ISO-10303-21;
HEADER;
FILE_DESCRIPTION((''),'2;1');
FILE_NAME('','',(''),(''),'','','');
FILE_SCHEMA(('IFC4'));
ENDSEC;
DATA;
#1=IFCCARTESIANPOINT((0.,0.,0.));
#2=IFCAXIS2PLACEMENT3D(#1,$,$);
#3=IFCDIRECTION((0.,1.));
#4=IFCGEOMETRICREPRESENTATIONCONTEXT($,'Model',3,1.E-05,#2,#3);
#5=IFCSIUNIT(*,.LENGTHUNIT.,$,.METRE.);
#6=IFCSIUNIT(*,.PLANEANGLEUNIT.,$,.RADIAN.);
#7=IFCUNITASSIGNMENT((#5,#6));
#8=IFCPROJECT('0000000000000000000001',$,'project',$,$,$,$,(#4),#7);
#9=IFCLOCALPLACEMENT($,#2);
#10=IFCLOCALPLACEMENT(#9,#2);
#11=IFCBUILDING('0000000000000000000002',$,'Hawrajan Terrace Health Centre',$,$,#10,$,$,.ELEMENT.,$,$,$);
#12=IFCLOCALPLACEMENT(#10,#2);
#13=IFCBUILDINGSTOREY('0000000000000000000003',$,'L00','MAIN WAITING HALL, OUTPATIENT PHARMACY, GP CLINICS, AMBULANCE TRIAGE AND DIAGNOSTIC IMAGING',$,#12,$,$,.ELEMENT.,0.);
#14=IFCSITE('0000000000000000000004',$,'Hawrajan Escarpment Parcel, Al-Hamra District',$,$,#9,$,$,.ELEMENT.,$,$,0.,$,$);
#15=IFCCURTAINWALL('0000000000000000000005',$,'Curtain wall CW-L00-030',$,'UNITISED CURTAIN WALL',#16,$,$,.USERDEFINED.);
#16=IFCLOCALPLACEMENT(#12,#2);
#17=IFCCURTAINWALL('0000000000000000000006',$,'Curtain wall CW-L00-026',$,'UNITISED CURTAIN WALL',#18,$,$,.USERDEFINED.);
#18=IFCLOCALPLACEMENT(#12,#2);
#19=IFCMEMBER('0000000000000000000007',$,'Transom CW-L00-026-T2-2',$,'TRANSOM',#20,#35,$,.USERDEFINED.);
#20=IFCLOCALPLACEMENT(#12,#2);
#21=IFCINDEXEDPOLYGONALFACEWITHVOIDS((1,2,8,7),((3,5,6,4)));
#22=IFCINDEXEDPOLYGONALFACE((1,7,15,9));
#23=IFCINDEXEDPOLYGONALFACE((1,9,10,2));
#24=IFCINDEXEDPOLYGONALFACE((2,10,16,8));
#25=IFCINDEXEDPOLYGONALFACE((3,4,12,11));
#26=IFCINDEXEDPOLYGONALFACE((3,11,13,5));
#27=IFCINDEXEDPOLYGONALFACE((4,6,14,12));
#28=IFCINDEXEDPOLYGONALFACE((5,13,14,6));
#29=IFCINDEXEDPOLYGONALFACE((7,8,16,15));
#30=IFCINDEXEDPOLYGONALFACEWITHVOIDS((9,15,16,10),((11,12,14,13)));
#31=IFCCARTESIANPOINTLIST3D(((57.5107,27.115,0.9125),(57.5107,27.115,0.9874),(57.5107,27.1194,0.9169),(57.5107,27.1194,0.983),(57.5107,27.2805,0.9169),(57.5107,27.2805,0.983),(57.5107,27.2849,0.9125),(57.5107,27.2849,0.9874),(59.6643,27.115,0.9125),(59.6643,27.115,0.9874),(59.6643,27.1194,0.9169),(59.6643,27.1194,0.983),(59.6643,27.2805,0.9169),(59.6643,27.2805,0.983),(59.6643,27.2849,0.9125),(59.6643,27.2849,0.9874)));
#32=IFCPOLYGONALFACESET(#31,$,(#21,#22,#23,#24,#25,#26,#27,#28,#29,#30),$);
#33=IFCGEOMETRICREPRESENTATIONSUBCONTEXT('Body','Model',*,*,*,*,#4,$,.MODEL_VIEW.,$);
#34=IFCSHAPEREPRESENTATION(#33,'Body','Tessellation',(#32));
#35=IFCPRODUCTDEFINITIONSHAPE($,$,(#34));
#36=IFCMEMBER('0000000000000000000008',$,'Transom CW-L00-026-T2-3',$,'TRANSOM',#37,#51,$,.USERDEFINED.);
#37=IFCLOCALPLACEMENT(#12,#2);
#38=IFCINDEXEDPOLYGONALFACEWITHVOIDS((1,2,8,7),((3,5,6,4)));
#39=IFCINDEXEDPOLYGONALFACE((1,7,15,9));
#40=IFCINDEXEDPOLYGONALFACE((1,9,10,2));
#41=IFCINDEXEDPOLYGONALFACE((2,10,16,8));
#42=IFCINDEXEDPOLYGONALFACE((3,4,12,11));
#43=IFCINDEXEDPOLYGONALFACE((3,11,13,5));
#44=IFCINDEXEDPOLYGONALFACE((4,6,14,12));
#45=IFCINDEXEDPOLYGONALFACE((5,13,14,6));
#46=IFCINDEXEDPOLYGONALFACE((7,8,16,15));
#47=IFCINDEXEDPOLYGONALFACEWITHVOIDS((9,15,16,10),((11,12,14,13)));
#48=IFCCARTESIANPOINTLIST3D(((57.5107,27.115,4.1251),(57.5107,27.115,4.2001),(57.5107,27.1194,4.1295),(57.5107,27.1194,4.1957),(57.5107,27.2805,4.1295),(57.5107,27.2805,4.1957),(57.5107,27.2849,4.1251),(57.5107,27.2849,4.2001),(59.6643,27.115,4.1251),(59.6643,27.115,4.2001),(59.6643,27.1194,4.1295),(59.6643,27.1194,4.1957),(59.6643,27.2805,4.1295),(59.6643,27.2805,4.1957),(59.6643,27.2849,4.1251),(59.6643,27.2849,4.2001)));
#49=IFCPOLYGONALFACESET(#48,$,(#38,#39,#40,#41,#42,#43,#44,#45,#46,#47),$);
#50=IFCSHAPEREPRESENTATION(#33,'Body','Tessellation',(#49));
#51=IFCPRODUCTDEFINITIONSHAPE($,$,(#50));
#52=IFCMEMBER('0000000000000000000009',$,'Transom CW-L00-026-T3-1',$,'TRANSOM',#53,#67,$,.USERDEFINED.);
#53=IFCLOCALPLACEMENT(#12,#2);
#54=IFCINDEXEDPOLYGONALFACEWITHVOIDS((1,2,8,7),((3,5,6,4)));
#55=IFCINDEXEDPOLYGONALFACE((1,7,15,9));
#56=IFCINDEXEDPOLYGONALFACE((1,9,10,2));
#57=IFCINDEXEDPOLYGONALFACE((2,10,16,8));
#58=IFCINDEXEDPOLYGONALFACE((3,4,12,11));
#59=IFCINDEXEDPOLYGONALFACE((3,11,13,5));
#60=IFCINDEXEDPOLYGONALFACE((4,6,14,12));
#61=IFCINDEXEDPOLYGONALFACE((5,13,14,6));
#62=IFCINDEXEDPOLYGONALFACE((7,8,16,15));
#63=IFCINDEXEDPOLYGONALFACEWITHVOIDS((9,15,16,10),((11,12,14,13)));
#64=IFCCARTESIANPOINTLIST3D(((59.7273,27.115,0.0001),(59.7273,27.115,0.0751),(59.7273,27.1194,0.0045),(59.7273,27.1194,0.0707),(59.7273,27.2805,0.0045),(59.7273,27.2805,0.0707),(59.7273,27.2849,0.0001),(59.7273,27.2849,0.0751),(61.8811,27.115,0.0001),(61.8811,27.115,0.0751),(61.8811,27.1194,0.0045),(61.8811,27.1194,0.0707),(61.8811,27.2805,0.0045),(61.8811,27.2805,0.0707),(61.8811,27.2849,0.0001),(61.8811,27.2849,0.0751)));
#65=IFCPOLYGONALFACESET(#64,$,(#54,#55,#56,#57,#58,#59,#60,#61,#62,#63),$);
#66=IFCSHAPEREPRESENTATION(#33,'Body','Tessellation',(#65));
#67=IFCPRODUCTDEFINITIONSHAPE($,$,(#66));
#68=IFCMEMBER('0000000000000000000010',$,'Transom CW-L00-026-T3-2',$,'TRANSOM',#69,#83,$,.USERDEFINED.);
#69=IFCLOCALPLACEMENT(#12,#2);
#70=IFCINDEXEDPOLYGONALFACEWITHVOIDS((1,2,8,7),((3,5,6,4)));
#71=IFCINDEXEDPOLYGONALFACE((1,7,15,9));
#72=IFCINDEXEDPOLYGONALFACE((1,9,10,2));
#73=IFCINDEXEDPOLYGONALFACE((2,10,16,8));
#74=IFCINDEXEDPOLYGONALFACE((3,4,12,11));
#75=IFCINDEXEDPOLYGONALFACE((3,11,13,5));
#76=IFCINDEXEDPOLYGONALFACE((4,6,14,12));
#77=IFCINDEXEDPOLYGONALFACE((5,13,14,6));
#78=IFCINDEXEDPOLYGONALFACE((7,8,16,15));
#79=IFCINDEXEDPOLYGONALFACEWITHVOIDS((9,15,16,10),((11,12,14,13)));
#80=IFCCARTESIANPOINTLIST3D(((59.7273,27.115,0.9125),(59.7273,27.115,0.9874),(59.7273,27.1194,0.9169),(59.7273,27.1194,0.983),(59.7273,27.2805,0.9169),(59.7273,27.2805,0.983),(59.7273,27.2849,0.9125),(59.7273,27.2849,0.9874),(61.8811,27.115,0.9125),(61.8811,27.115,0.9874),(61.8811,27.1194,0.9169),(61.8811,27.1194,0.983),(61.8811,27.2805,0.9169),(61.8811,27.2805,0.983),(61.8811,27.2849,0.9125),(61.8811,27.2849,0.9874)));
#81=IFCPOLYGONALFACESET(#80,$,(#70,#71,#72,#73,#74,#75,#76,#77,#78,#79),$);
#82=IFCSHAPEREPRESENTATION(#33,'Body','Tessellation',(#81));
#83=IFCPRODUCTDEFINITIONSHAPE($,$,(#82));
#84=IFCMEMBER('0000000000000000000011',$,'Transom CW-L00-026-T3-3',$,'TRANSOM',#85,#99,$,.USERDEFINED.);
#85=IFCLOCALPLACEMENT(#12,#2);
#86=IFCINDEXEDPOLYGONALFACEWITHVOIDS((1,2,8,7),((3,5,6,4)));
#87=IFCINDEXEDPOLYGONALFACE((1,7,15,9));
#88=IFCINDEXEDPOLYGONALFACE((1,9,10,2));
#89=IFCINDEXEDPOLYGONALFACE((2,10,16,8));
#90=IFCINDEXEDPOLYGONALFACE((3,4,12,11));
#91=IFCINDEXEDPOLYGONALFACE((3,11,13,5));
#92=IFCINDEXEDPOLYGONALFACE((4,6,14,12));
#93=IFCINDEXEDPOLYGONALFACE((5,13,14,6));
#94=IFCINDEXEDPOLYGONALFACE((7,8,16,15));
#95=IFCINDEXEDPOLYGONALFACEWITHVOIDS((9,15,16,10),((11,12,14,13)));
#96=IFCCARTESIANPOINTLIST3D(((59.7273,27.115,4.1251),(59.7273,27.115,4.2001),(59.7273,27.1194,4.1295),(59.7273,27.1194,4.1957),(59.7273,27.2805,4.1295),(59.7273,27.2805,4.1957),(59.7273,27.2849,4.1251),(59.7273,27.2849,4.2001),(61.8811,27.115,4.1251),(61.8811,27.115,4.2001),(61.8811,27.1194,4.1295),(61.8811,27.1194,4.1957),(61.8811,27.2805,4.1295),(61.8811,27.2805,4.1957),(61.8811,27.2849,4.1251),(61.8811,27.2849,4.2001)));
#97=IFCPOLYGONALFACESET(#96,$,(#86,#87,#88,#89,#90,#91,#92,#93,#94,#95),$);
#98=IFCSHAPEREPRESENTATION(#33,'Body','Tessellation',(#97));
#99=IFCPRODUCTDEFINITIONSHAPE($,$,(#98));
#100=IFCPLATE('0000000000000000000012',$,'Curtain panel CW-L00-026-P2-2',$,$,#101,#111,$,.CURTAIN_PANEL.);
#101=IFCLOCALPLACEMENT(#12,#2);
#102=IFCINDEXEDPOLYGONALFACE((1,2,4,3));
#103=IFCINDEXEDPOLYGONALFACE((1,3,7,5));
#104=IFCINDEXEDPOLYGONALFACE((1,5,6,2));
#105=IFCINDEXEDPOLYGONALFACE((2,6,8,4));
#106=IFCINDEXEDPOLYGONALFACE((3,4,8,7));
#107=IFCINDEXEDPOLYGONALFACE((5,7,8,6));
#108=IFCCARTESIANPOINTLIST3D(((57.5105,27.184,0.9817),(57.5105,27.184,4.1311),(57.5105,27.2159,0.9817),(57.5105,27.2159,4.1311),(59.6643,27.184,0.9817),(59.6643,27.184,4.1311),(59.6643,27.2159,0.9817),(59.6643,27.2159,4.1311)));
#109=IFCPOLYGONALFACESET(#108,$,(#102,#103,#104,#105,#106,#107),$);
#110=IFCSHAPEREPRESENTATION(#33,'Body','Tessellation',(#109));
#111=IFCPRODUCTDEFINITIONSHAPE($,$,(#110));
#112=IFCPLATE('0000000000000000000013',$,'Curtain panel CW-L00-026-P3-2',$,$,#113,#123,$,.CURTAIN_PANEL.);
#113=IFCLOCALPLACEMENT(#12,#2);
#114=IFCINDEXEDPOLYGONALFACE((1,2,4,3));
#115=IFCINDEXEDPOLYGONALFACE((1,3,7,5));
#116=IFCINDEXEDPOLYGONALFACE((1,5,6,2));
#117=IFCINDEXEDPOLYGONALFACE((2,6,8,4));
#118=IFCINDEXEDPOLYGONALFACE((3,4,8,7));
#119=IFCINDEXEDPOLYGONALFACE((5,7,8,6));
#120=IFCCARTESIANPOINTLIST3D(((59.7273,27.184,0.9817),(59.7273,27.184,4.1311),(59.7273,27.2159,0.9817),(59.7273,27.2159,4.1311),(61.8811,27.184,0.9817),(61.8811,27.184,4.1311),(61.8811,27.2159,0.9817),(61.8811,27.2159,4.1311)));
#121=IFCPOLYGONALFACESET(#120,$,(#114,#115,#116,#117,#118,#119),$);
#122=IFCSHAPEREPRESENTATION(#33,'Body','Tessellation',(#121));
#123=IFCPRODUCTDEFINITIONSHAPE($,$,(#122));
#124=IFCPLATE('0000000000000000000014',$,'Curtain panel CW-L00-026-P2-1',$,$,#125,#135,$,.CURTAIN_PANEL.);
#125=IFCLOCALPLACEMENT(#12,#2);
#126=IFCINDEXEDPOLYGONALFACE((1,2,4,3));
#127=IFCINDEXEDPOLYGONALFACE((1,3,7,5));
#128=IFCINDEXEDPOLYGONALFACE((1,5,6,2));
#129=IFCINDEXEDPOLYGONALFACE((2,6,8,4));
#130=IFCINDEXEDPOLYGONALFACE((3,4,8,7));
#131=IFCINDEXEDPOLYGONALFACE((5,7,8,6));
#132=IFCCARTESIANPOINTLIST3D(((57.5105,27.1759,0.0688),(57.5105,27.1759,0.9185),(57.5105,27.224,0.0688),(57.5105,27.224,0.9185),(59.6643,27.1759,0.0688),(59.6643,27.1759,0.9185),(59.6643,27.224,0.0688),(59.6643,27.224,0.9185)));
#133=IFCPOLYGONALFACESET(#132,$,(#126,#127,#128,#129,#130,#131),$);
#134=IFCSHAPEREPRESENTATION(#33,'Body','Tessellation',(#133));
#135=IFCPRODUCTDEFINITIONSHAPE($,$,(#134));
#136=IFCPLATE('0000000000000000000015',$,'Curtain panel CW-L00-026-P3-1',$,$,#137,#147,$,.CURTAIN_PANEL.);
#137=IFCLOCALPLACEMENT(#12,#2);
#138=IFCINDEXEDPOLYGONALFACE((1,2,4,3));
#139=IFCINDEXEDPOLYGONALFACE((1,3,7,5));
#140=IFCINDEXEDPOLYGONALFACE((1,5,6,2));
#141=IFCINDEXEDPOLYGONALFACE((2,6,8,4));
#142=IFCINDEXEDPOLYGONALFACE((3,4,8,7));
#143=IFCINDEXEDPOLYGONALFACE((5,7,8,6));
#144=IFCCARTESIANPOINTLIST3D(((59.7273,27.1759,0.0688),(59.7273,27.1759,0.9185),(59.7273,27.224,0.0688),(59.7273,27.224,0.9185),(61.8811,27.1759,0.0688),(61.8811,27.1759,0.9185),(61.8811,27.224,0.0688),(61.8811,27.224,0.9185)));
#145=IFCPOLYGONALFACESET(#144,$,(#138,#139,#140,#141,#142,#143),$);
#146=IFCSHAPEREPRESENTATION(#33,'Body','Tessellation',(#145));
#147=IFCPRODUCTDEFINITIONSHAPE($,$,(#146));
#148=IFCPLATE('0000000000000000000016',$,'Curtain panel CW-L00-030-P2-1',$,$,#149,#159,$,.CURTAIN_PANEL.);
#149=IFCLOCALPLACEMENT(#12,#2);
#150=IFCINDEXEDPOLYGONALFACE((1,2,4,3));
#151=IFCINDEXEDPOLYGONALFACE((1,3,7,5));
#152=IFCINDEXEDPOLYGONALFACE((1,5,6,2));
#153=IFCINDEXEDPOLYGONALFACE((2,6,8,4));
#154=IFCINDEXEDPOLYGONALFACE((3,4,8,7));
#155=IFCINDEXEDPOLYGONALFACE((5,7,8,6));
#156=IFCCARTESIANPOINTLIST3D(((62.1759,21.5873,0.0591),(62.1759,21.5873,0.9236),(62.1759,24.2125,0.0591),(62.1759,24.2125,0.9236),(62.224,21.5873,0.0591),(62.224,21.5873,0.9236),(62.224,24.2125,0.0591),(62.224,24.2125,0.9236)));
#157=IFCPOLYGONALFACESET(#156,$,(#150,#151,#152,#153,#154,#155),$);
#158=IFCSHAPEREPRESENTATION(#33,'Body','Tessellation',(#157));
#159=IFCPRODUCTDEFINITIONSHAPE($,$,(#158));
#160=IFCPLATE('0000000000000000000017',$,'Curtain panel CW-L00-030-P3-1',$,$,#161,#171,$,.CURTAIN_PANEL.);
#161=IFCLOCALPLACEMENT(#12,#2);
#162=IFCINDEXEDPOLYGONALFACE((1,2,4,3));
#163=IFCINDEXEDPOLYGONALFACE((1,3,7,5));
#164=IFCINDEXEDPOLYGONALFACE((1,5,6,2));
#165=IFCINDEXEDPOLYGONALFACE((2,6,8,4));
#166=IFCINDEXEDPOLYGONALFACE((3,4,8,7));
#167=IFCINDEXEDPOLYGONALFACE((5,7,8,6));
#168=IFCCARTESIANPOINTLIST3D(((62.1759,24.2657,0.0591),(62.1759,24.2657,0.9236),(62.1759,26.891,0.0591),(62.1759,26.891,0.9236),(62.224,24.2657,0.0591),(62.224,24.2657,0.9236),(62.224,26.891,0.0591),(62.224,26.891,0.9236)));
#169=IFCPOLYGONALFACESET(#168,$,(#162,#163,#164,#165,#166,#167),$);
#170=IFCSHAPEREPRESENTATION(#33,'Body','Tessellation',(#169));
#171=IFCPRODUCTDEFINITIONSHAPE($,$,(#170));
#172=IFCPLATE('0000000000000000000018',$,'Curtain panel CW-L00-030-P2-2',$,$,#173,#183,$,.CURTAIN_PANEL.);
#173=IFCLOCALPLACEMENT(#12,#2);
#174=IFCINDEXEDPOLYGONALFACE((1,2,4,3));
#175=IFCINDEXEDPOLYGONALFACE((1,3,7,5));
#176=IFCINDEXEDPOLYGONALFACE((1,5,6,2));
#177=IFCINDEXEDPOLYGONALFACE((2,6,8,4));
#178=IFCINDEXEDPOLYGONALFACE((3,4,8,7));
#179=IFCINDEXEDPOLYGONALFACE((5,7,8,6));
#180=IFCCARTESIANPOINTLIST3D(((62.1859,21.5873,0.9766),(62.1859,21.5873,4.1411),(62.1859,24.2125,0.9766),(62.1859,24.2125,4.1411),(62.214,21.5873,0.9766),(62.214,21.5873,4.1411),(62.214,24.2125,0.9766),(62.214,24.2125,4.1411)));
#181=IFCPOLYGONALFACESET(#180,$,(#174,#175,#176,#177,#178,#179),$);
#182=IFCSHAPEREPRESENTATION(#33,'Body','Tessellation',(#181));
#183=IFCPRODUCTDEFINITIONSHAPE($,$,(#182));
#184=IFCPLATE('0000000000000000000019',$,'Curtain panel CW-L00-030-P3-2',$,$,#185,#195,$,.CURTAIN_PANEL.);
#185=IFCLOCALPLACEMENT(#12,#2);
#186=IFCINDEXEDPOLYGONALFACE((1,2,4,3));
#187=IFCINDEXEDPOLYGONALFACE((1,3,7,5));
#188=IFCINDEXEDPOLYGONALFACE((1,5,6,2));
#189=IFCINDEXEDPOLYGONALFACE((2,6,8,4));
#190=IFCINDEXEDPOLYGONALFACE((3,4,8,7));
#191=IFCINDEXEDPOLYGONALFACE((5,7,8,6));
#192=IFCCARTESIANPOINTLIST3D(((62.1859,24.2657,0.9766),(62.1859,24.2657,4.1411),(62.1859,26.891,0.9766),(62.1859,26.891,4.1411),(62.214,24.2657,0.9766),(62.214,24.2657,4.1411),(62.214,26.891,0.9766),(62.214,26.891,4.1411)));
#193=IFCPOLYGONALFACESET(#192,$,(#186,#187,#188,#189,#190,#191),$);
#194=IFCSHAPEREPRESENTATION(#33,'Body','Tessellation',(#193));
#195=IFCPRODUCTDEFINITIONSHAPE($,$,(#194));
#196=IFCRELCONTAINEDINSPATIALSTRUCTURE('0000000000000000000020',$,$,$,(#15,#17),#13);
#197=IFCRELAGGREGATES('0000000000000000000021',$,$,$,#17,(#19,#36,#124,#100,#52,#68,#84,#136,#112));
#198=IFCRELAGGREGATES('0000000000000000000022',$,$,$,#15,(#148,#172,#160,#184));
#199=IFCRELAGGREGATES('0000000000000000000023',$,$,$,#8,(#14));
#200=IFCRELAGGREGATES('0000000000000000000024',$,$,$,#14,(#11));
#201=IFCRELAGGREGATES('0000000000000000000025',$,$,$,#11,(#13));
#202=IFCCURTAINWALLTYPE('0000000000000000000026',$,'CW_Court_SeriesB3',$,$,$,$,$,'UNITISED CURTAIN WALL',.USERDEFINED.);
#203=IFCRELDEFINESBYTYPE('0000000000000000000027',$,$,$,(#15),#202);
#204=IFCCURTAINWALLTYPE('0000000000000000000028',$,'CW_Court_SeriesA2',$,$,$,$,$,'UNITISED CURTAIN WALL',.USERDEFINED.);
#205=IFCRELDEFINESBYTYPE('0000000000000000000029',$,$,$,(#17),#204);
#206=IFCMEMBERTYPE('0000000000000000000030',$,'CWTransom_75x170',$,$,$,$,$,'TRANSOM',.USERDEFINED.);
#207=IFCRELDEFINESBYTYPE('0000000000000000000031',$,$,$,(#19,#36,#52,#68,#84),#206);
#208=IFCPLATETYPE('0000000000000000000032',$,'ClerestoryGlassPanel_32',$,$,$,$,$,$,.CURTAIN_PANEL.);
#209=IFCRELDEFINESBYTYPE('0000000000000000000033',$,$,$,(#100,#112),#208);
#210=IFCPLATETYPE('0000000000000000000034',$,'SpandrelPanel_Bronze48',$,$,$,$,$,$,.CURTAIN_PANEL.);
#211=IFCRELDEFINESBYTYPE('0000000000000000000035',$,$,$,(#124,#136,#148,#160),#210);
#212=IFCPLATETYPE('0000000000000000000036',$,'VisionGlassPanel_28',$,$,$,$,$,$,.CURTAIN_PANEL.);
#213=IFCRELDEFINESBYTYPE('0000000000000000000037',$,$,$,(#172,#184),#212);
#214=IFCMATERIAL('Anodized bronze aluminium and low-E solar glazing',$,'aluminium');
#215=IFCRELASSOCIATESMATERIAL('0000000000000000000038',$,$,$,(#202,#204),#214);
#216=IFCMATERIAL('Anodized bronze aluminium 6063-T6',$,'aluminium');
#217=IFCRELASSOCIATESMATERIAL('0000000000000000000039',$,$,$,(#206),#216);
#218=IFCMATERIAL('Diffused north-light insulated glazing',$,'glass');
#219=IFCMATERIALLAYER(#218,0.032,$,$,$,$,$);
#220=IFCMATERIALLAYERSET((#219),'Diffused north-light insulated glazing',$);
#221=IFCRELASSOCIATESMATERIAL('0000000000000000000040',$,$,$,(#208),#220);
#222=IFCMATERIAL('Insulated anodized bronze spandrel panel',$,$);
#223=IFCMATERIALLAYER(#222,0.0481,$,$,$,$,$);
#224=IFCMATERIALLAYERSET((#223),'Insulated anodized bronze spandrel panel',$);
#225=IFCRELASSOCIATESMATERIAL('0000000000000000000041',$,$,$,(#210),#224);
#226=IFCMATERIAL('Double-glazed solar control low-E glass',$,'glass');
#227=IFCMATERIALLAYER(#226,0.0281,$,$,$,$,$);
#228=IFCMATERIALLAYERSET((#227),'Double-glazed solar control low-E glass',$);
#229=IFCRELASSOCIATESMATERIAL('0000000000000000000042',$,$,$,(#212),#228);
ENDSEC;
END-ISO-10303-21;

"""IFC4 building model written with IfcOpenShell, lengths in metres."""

from ifc_helpers import new_model, si_unit, direction, frame, origin, origin_2d, place, context, subcontext, project, spatial, rectangle, hollow_rectangle, extrude, material, layer, layer_set, material_profile, profile_set, type_object, element, aggregate, save


model = new_model("IFC4")

# Units and contexts
model_context = context("Model", 3, precision=1e-05, world=origin(), true_north=direction((0.0, 1.0)))
body_context = subcontext(model_context, "Body", "Model", "MODEL_VIEW")
ifc_project = project(units=[si_unit("LENGTHUNIT", "METRE"), si_unit("PLANEANGLEUNIT", "RADIAN")], contexts=[model_context])

# Site, building, storey
site_placement = place(None, origin())
site = spatial("IfcSite", under=ifc_project, at=site_placement, Name="Hawrajan Escarpment Parcel, Al-Hamra District", CompositionType="ELEMENT", RefElevation=0.0)
building_placement = place(site_placement, origin())
building = spatial("IfcBuilding", under=site, at=building_placement, Name="Hawrajan Terrace Health Centre", CompositionType="ELEMENT")
storey_placement = place(building_placement, origin())
storey = spatial("IfcBuildingStorey", under=building, at=storey_placement, Name="L00", Description="MAIN WAITING HALL, OUTPATIENT PHARMACY, GP CLINICS, AMBULANCE TRIAGE AND DIAGNOSTIC IMAGING", CompositionType="ELEMENT", Elevation=0.0)

# Curtain walls
ifc_material_1 = material(Name="Anodized bronze aluminium and low-E solar glazing", Category="aluminium")
curtain_wall_type_1 = type_object("IfcCurtainWallType", Name="CW_Court_SeriesB3", ElementType="UNITISED CURTAIN WALL", PredefinedType="USERDEFINED", material=ifc_material_1)
curtain_wall_1_placement = place(storey_placement, origin())
curtain_wall_1 = element("IfcCurtainWall", 1, at=curtain_wall_1_placement, inside=storey, type_object=curtain_wall_type_1, Name="Curtain wall CW-L00-030", ObjectType="UNITISED CURTAIN WALL", PredefinedType="USERDEFINED")
ifc_material_2 = material(Name="Anodized bronze aluminium 6063-T6", Category="aluminium")
curtain_wall_type_2 = type_object("IfcCurtainWallType", Name="CW_Court_SeriesA2", ElementType="UNITISED CURTAIN WALL", PredefinedType="USERDEFINED", material=ifc_material_1)
curtain_wall_2_placement = place(storey_placement, origin())
curtain_wall_2 = element("IfcCurtainWall", 2, at=curtain_wall_2_placement, inside=storey, type_object=curtain_wall_type_2, Name="Curtain wall CW-L00-026", ObjectType="UNITISED CURTAIN WALL", PredefinedType="USERDEFINED")

# Members
ifc_material_profile_1 = material_profile(ifc_material_2, hollow_rectangle(XDim=0.075, YDim=0.1699, WallThickness=0.0044, at=origin_2d()), Name="CW TRN 75x170")
ifc_profile_set_1 = profile_set([ifc_material_profile_1], Name="Anodized bronze aluminium 6063-T6")
member_type_1 = type_object("IfcMemberType", Name="CWTransom_75x170", ElementType="TRANSOM", PredefinedType="USERDEFINED", material=ifc_profile_set_1)
member_1_placement = place(storey_placement, frame((57.5107, 27.2, 0.95), z_axis=(1.0, 0.0, 0.0), x_axis=(0.0, 0.0, 1.0)))
member_1 = element("IfcMember", 3, at=member_1_placement, type_object=member_type_1, Name="Transom CW-L00-026-T2-2", ObjectType="TRANSOM", PredefinedType="USERDEFINED", context=body_context, shape_type="SweptSolid", body=[
    extrude(hollow_rectangle(XDim=0.075, YDim=0.1699, WallThickness=0.0044, at=origin_2d()), origin(), (0.0, 0.0, 1.0), 2.1536),
])
member_2_placement = place(storey_placement, frame((57.5107, 27.2, 4.1626), z_axis=(1.0, 0.0, 0.0), x_axis=(0.0, 0.0, 1.0)))
member_2 = element("IfcMember", 4, at=member_2_placement, type_object=member_type_1, Name="Transom CW-L00-026-T2-3", ObjectType="TRANSOM", PredefinedType="USERDEFINED", context=body_context, shape_type="SweptSolid", body=[
    extrude(hollow_rectangle(XDim=0.075, YDim=0.1699, WallThickness=0.0044, at=origin_2d()), origin(), (0.0, 0.0, 1.0), 2.1536),
])
member_3_placement = place(storey_placement, frame((59.7273, 27.2, 0.0376), z_axis=(1.0, 0.0, 0.0), x_axis=(0.0, 0.0, 1.0)))
member_3 = element("IfcMember", 5, at=member_3_placement, type_object=member_type_1, Name="Transom CW-L00-026-T3-1", ObjectType="TRANSOM", PredefinedType="USERDEFINED", context=body_context, shape_type="SweptSolid", body=[
    extrude(hollow_rectangle(XDim=0.075, YDim=0.1699, WallThickness=0.0044, at=origin_2d()), origin(), (0.0, 0.0, 1.0), 2.1538),
])
member_4_placement = place(storey_placement, frame((59.7273, 27.2, 0.95), z_axis=(1.0, 0.0, 0.0), x_axis=(0.0, 0.0, 1.0)))
member_4 = element("IfcMember", 6, at=member_4_placement, type_object=member_type_1, Name="Transom CW-L00-026-T3-2", ObjectType="TRANSOM", PredefinedType="USERDEFINED", context=body_context, shape_type="SweptSolid", body=[
    extrude(hollow_rectangle(XDim=0.075, YDim=0.1699, WallThickness=0.0044, at=origin_2d()), origin(), (0.0, 0.0, 1.0), 2.1538),
])
member_5_placement = place(storey_placement, frame((59.7273, 27.2, 4.1626), z_axis=(1.0, 0.0, 0.0), x_axis=(0.0, 0.0, 1.0)))
member_5 = element("IfcMember", 7, at=member_5_placement, type_object=member_type_1, Name="Transom CW-L00-026-T3-3", ObjectType="TRANSOM", PredefinedType="USERDEFINED", context=body_context, shape_type="SweptSolid", body=[
    extrude(hollow_rectangle(XDim=0.075, YDim=0.1699, WallThickness=0.0044, at=origin_2d()), origin(), (0.0, 0.0, 1.0), 2.1538),
])

# Plates
ifc_material_3 = material(Name="Diffused north-light insulated glazing", Category="glass")
ifc_layer_1 = layer(ifc_material_3, 0.032)
ifc_layer_set_1 = layer_set([ifc_layer_1], Name="Diffused north-light insulated glazing")
plate_type_1 = type_object("IfcPlateType", Name="ClerestoryGlassPanel_32", PredefinedType="CURTAIN_PANEL", material=ifc_layer_set_1)
plate_1_placement = place(storey_placement, frame((58.5874, 27.2, 0.9817), z_axis=(0.0, 0.0, 1.0), x_axis=(1.0, 0.0, 0.0)))
plate_1 = element("IfcPlate", 8, at=plate_1_placement, type_object=plate_type_1, Name="Curtain panel CW-L00-026-P2-2", PredefinedType="CURTAIN_PANEL", context=body_context, shape_type="SweptSolid", body=[
    extrude(rectangle(XDim=2.1538, YDim=0.032, at=origin_2d()), origin(), (0.0, 0.0, 1.0), 3.1494),
])
plate_2_placement = place(storey_placement, frame((60.8042, 27.2, 0.9817), z_axis=(0.0, 0.0, 1.0), x_axis=(1.0, 0.0, 0.0)))
plate_2 = element("IfcPlate", 9, at=plate_2_placement, type_object=plate_type_1, Name="Curtain panel CW-L00-026-P3-2", PredefinedType="CURTAIN_PANEL", context=body_context, shape_type="SweptSolid", body=[
    extrude(rectangle(XDim=2.1538, YDim=0.032, at=origin_2d()), origin(), (0.0, 0.0, 1.0), 3.1494),
])
ifc_material_4 = material(Name="Insulated anodized bronze spandrel panel")
ifc_layer_2 = layer(ifc_material_4, 0.0481)
ifc_layer_set_2 = layer_set([ifc_layer_2], Name="Insulated anodized bronze spandrel panel")
plate_type_2 = type_object("IfcPlateType", Name="SpandrelPanel_Bronze48", PredefinedType="CURTAIN_PANEL", material=ifc_layer_set_2)
plate_3_placement = place(storey_placement, frame((58.5874, 27.2, 0.0688), z_axis=(0.0, 0.0, 1.0), x_axis=(1.0, 0.0, 0.0)))
plate_3 = element("IfcPlate", 10, at=plate_3_placement, type_object=plate_type_2, Name="Curtain panel CW-L00-026-P2-1", PredefinedType="CURTAIN_PANEL", context=body_context, shape_type="SweptSolid", body=[
    extrude(rectangle(XDim=2.1538, YDim=0.0481, at=origin_2d()), origin(), (0.0, 0.0, 1.0), 0.8496),
])
plate_4_placement = place(storey_placement, frame((60.8042, 27.2, 0.0688), z_axis=(0.0, 0.0, 1.0), x_axis=(1.0, 0.0, 0.0)))
plate_4 = element("IfcPlate", 11, at=plate_4_placement, type_object=plate_type_2, Name="Curtain panel CW-L00-026-P3-1", PredefinedType="CURTAIN_PANEL", context=body_context, shape_type="SweptSolid", body=[
    extrude(rectangle(XDim=2.1538, YDim=0.0481, at=origin_2d()), origin(), (0.0, 0.0, 1.0), 0.8496),
])
aggregate(curtain_wall_2, [member_1, member_2, plate_3, plate_1, member_3, member_4, member_5, plate_4, plate_2])
plate_5_placement = place(storey_placement, frame((62.2, 22.8999, 0.0591), z_axis=(0.0, 0.0, 1.0), x_axis=(0.0, 1.0, 0.0)))
plate_5 = element("IfcPlate", 12, at=plate_5_placement, type_object=plate_type_2, Name="Curtain panel CW-L00-030-P2-1", PredefinedType="CURTAIN_PANEL", context=body_context, shape_type="SweptSolid", body=[
    extrude(rectangle(XDim=2.6252, YDim=0.0481, at=origin_2d()), origin(), (0.0, 0.0, 1.0), 0.8645),
])
plate_6_placement = place(storey_placement, frame((62.2, 25.5784, 0.0591), z_axis=(0.0, 0.0, 1.0), x_axis=(0.0, 1.0, 0.0)))
plate_6 = element("IfcPlate", 13, at=plate_6_placement, type_object=plate_type_2, Name="Curtain panel CW-L00-030-P3-1", PredefinedType="CURTAIN_PANEL", context=body_context, shape_type="SweptSolid", body=[
    extrude(rectangle(XDim=2.6252, YDim=0.0481, at=origin_2d()), origin(), (0.0, 0.0, 1.0), 0.8645),
])
ifc_material_5 = material(Name="Double-glazed solar control low-E glass", Category="glass")
ifc_layer_3 = layer(ifc_material_5, 0.0281)
ifc_layer_set_3 = layer_set([ifc_layer_3], Name="Double-glazed solar control low-E glass")
plate_type_3 = type_object("IfcPlateType", Name="VisionGlassPanel_28", PredefinedType="CURTAIN_PANEL", material=ifc_layer_set_3)
plate_7_placement = place(storey_placement, frame((62.2, 22.8999, 0.9766), z_axis=(0.0, 0.0, 1.0), x_axis=(0.0, 1.0, 0.0)))
plate_7 = element("IfcPlate", 14, at=plate_7_placement, type_object=plate_type_3, Name="Curtain panel CW-L00-030-P2-2", PredefinedType="CURTAIN_PANEL", context=body_context, shape_type="SweptSolid", body=[
    extrude(rectangle(XDim=2.6252, YDim=0.0281, at=origin_2d()), origin(), (0.0, 0.0, 1.0), 3.1646),
])
plate_8_placement = place(storey_placement, frame((62.2, 25.5784, 0.9766), z_axis=(0.0, 0.0, 1.0), x_axis=(0.0, 1.0, 0.0)))
plate_8 = element("IfcPlate", 15, at=plate_8_placement, type_object=plate_type_3, Name="Curtain panel CW-L00-030-P3-2", PredefinedType="CURTAIN_PANEL", context=body_context, shape_type="SweptSolid", body=[
    extrude(rectangle(XDim=2.6252, YDim=0.0281, at=origin_2d()), origin(), (0.0, 0.0, 1.0), 3.1646),
])
aggregate(curtain_wall_1, [plate_5, plate_7, plate_6, plate_8])

save(model, "model.ifc")
